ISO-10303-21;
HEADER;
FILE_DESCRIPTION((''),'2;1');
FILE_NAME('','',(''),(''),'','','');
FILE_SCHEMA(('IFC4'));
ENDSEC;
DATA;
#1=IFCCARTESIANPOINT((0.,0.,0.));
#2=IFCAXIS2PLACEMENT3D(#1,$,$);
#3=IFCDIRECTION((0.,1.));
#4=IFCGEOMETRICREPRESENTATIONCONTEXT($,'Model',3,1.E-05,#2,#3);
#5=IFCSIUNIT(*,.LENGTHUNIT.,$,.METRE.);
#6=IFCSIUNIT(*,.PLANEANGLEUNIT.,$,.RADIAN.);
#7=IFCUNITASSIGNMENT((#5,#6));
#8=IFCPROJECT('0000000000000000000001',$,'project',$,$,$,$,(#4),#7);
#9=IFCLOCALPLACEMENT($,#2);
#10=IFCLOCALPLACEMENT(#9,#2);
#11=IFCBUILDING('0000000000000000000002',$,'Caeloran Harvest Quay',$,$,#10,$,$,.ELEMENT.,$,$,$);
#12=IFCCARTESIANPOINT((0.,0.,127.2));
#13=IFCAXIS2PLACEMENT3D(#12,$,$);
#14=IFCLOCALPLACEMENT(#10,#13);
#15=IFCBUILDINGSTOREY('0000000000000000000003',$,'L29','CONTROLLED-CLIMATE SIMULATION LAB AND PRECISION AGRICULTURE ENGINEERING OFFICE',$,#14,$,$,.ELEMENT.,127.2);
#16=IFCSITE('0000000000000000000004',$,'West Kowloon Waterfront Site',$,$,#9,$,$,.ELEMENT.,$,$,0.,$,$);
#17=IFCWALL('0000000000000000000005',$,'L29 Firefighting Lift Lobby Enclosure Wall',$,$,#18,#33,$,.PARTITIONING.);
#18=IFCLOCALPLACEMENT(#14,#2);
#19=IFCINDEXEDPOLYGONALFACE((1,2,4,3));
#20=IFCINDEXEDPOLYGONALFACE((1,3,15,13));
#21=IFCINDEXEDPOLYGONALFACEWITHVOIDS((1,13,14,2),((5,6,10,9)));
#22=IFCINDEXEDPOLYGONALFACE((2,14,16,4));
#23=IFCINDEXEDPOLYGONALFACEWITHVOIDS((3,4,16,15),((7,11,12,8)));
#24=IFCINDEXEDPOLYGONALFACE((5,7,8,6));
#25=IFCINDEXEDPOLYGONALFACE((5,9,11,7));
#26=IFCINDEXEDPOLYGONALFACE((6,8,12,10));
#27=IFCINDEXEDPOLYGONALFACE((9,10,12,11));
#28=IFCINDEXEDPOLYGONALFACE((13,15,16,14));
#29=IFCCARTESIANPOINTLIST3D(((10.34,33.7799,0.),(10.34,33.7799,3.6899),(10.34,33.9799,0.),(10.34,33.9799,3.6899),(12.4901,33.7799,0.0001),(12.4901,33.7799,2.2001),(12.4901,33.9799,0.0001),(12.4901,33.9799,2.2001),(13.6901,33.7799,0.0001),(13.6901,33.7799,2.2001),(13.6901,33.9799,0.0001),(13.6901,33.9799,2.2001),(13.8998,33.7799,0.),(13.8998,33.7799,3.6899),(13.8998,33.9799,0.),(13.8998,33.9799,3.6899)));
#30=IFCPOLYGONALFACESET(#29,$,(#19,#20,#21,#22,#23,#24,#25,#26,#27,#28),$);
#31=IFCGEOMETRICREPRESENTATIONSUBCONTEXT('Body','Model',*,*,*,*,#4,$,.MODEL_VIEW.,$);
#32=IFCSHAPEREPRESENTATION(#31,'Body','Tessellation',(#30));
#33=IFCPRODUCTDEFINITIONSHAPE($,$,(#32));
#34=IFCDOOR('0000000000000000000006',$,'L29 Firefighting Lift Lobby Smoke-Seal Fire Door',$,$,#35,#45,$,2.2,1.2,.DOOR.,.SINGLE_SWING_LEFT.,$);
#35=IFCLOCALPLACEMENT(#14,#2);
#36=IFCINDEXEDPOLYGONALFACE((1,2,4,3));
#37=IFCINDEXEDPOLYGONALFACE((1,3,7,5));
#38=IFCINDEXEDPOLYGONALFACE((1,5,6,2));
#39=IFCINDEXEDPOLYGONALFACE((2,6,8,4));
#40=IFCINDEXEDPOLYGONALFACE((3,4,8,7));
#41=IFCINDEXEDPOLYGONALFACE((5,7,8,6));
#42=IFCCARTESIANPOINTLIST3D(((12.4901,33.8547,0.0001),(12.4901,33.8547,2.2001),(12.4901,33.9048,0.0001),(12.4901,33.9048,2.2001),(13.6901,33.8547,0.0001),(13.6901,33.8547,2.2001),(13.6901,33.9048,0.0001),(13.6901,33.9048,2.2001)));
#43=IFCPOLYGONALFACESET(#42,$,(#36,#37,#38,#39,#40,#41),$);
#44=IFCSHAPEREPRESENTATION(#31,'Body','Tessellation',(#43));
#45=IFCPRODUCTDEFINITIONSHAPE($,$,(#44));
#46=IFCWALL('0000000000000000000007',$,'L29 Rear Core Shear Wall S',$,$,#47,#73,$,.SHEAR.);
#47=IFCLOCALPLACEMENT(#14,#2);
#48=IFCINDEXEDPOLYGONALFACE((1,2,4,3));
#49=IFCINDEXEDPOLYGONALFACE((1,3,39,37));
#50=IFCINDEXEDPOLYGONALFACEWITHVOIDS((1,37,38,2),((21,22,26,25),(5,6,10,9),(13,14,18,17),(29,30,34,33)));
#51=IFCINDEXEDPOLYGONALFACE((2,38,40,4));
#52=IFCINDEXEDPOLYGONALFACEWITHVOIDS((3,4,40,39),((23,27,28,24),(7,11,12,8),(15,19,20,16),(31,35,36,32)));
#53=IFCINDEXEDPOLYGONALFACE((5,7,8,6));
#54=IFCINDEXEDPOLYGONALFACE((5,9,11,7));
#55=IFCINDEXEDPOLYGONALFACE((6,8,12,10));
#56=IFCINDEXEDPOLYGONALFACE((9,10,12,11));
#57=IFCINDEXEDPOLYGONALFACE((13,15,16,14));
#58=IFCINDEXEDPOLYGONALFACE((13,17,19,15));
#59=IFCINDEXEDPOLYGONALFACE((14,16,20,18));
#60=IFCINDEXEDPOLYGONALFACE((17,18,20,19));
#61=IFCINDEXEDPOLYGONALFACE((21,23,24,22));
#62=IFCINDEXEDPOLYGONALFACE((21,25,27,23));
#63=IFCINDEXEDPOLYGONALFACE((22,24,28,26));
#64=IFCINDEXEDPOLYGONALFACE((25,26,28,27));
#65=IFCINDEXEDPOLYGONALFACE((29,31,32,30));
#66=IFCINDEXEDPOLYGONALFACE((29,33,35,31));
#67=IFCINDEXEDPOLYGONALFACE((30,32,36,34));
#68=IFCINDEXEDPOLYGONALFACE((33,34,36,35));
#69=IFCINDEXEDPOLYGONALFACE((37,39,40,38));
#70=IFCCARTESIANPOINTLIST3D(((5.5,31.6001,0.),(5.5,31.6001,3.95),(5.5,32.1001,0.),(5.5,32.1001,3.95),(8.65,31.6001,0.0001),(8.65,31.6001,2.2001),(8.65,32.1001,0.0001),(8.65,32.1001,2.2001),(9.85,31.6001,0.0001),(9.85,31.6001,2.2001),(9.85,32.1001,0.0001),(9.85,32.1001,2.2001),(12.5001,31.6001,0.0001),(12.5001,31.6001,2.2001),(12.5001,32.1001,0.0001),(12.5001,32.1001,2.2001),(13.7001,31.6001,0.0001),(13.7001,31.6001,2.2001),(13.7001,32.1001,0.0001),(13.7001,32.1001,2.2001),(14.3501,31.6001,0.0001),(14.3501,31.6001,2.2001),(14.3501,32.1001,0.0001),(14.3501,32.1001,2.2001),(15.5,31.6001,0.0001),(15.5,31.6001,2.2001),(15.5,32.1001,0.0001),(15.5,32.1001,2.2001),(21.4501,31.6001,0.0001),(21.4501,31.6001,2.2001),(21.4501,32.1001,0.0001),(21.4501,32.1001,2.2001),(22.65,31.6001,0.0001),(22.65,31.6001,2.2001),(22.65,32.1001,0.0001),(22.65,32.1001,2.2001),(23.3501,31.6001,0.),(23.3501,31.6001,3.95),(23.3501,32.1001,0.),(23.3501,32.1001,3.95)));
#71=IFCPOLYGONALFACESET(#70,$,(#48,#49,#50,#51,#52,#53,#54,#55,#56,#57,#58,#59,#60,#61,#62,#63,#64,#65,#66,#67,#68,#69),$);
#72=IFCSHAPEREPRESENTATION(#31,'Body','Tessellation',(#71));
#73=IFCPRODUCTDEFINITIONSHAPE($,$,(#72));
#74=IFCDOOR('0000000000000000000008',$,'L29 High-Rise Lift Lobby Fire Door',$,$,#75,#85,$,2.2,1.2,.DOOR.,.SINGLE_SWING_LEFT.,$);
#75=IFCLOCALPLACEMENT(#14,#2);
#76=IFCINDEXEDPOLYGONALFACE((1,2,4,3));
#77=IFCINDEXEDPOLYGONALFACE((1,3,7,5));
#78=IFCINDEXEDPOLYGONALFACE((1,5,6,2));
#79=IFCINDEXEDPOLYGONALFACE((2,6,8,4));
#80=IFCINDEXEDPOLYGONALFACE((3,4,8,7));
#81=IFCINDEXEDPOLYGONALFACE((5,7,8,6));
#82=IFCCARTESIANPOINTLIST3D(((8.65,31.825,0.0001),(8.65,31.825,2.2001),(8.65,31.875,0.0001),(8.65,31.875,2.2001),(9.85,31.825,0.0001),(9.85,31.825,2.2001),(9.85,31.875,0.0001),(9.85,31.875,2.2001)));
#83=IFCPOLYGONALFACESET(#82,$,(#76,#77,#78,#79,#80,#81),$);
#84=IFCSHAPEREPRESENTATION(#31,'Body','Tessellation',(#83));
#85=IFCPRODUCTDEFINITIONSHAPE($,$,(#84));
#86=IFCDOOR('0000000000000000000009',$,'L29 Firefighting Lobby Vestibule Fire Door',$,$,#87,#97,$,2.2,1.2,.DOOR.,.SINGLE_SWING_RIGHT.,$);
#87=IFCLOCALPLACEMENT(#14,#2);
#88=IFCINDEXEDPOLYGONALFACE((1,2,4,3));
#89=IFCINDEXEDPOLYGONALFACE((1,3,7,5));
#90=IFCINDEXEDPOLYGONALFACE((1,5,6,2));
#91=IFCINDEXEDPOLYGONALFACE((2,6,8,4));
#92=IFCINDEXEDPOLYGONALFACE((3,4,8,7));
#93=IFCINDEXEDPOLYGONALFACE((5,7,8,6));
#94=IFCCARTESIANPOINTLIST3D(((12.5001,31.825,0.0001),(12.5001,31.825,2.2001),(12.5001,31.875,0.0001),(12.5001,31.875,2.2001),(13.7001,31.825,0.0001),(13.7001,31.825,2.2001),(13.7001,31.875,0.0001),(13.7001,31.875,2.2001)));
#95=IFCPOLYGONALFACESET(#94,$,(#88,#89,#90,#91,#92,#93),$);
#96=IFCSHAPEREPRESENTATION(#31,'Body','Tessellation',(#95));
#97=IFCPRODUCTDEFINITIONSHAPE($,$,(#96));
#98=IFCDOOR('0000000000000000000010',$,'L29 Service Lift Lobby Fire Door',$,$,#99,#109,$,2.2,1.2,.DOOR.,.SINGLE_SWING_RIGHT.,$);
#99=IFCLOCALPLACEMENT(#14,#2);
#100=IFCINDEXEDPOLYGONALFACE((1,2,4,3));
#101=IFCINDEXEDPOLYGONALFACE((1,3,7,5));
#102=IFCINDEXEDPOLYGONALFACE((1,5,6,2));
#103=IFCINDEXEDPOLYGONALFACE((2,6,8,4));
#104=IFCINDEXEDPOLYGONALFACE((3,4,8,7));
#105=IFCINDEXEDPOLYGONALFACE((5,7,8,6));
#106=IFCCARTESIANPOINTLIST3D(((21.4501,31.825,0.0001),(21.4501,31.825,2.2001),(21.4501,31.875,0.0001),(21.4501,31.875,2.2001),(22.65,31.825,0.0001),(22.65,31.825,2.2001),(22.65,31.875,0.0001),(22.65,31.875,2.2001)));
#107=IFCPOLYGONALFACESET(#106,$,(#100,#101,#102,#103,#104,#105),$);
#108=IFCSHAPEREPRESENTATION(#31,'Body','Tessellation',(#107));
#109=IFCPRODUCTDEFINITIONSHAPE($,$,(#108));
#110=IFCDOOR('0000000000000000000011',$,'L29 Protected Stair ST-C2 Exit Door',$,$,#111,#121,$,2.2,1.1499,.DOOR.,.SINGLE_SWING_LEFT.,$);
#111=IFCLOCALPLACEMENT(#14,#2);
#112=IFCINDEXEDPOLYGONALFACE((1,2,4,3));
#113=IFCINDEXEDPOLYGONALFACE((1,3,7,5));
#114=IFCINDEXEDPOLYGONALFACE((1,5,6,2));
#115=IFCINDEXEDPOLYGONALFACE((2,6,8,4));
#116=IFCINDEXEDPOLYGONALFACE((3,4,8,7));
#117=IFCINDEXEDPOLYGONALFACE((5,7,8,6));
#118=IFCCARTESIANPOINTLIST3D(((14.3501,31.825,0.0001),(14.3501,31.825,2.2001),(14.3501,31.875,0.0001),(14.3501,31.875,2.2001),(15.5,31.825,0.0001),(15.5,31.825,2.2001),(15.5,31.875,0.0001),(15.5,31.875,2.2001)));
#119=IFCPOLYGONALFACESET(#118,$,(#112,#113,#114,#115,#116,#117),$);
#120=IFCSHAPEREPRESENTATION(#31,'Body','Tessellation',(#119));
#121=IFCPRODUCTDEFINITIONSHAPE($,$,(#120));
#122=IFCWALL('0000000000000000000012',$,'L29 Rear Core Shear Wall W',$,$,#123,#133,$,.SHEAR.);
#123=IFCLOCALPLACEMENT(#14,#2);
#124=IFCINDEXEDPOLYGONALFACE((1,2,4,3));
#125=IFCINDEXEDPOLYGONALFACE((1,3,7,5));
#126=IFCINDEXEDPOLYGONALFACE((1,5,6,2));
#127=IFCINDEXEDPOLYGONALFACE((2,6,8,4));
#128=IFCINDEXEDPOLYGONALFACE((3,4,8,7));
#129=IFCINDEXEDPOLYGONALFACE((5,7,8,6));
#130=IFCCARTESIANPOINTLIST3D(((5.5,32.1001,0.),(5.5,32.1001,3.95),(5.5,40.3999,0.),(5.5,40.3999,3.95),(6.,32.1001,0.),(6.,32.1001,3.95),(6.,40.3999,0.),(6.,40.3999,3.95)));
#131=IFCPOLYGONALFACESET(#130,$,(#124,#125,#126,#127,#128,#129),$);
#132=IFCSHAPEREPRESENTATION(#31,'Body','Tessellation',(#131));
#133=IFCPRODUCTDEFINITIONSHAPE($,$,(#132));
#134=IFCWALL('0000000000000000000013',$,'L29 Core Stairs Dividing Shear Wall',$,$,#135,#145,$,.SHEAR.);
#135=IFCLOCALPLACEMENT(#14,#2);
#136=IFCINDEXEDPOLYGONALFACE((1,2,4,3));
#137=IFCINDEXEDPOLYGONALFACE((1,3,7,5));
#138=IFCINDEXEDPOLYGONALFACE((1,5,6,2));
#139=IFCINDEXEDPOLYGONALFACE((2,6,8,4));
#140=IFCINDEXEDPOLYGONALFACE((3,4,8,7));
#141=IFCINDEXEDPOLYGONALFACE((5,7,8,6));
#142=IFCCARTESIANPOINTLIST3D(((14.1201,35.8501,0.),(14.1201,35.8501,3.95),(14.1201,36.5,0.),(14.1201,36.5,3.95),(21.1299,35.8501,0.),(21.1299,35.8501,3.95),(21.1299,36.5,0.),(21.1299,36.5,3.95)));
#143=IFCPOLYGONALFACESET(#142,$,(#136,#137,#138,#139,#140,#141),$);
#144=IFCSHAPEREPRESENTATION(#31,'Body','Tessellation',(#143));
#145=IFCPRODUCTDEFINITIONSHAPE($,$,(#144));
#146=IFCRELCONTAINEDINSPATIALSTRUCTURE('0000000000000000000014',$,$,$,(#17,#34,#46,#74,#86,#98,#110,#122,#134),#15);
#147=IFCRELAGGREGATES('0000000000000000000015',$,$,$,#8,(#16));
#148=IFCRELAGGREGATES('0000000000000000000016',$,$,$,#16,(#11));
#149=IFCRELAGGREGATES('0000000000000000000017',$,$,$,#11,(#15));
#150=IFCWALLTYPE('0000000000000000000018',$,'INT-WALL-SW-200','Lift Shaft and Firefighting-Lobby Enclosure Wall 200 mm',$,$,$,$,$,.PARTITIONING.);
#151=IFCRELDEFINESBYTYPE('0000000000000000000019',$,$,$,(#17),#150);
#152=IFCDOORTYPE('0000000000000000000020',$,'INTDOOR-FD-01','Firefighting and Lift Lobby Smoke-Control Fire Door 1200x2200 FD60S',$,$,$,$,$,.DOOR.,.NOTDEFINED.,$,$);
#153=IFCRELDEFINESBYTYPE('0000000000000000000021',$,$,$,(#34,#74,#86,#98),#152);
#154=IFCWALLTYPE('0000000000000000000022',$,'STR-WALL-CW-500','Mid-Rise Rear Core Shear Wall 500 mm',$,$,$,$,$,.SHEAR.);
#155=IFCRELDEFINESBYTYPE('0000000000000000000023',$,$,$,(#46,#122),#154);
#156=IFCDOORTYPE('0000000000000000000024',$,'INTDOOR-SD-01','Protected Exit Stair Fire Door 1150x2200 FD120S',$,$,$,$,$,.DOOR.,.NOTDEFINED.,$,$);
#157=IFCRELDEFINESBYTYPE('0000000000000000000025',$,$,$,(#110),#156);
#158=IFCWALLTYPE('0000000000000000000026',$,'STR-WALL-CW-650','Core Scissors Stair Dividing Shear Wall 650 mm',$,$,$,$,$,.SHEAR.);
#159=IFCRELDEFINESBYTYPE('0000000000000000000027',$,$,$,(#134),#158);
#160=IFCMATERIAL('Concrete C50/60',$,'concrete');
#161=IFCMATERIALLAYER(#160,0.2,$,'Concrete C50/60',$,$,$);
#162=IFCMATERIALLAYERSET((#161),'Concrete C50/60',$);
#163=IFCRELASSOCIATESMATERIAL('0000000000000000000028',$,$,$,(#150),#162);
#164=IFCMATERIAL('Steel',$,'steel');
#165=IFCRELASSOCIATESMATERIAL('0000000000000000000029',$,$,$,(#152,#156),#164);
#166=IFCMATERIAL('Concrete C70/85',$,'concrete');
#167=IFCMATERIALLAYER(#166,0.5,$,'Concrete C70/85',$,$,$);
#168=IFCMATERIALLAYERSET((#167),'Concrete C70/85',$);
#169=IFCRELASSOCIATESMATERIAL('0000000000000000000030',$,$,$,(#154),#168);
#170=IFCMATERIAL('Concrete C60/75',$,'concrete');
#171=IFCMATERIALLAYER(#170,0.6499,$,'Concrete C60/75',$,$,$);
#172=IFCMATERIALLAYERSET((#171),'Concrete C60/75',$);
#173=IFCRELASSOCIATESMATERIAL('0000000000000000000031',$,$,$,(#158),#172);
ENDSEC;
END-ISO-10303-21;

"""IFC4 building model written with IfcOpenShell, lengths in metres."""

from ifc_helpers import new_model, si_unit, direction, frame, frame_2d, origin, place, context, subcontext, project, spatial, rectangle, extrude, material, layer, layer_set, type_object, element, fill, save


model = new_model("IFC4")

# Units and contexts
model_context = context("Model", 3, precision=1e-05, world=origin(), true_north=direction((0.0, 1.0)))
body_context = subcontext(model_context, "Body", "Model", "MODEL_VIEW")
ifc_project = project(units=[si_unit("LENGTHUNIT", "METRE"), si_unit("PLANEANGLEUNIT", "RADIAN")], contexts=[model_context])

# Site, building, storey
site_placement = place(None, origin())
site = spatial("IfcSite", under=ifc_project, at=site_placement, Name="West Kowloon Waterfront Site", CompositionType="ELEMENT", RefElevation=0.0)
building_placement = place(site_placement, origin())
building = spatial("IfcBuilding", under=site, at=building_placement, Name="Caeloran Harvest Quay", CompositionType="ELEMENT")
storey_placement = place(building_placement, frame((0.0, 0.0, 127.2)))
storey = spatial("IfcBuildingStorey", under=building, at=storey_placement, Name="L29", Description="CONTROLLED-CLIMATE SIMULATION LAB AND PRECISION AGRICULTURE ENGINEERING OFFICE", CompositionType="ELEMENT", Elevation=127.2)

# Shared definitions
ifc_material_1 = material(Name="Concrete C70/85", Category="concrete")

# Shared definitions
ifc_material_2 = material(Name="Concrete C60/75", Category="concrete")

# Shared definitions
ifc_material_3 = material(Name="Concrete C50/60", Category="concrete")
ifc_layer_1 = layer(ifc_material_3, 0.2, Name="Concrete C50/60")
ifc_layer_set_1 = layer_set([ifc_layer_1], Name="Concrete C50/60")
wall_type_1 = type_object("IfcWallType", Name="INT-WALL-SW-200", Description="Lift Shaft and Firefighting-Lobby Enclosure Wall 200 mm", PredefinedType="PARTITIONING", material=ifc_layer_set_1)

# Wall, opening, door
wall_1_placement = place(storey_placement, frame((10.3401, 33.8799, 0.0), z_axis=(0.0, 0.0, 1.0), x_axis=(1.0, 0.0, 0.0)))
wall_1 = element("IfcWall", 1, at=wall_1_placement, inside=storey, type_object=wall_type_1, Name="L29 Firefighting Lift Lobby Enclosure Wall", PredefinedType="PARTITIONING", context=body_context, shape_type="SweptSolid", body=[
    extrude(rectangle(XDim=3.5598, YDim=0.2, at=frame_2d((1.7798, 0.0))), origin(), (0.0, 0.0, 1.0), 3.6899),
])
opening_1_placement = place(wall_1_placement, frame((2.1499, 0.0, 0.0)))
opening_1 = element("IfcOpeningElement", 2, at=opening_1_placement, cuts=wall_1, PredefinedType="OPENING", context=body_context, shape_type="SweptSolid", body=[
    extrude(rectangle(XDim=1.2, YDim=2.2, at=frame_2d((0.6001, 1.1001))), frame((0.0, 0.1099, 0.0), z_axis=(0.0, -1.0, 0.0), x_axis=(1.0, 0.0, 0.0)), (0.0, 0.0, 1.0), 0.22),
])
ifc_material_4 = material(Name="Steel", Category="steel")
door_type_1 = type_object("IfcDoorType", Name="INTDOOR-FD-01", Description="Firefighting and Lift Lobby Smoke-Control Fire Door 1200x2200 FD60S", OperationType="NOTDEFINED", PredefinedType="DOOR", material=ifc_material_4)
door_1_placement = place(opening_1_placement, origin())
door_1 = element("IfcDoor", 3, at=door_1_placement, inside=storey, type_object=door_type_1, Name="L29 Firefighting Lift Lobby Smoke-Seal Fire Door", OperationType="SINGLE_SWING_LEFT", OverallHeight=2.2, OverallWidth=1.2, PredefinedType="DOOR", context=body_context, shape_type="SweptSolid", body=[
    extrude(rectangle(XDim=1.2, YDim=2.2, at=frame_2d((0.6001, 1.1001))), frame((0.0, 0.0249, 0.0), z_axis=(0.0, -1.0, 0.0), x_axis=(1.0, 0.0, 0.0)), (0.0, 0.0, 1.0), 0.05),
])
fill(opening_1, door_1)

# Wall, openings, doors
ifc_layer_2 = layer(ifc_material_1, 0.5, Name="Concrete C70/85")
ifc_layer_set_2 = layer_set([ifc_layer_2], Name="Concrete C70/85")
wall_type_2 = type_object("IfcWallType", Name="STR-WALL-CW-500", Description="Mid-Rise Rear Core Shear Wall 500 mm", PredefinedType="SHEAR", material=ifc_layer_set_2)
wall_2_placement = place(storey_placement, frame((5.5, 31.8501, 0.0), z_axis=(0.0, 0.0, 1.0), x_axis=(1.0, 0.0, 0.0)))
wall_2 = element("IfcWall", 4, at=wall_2_placement, inside=storey, type_object=wall_type_2, Name="L29 Rear Core Shear Wall S", PredefinedType="SHEAR", context=body_context, shape_type="SweptSolid", body=[
    extrude(rectangle(XDim=17.8501, YDim=0.5, at=frame_2d((8.925, 0.0))), origin(), (0.0, 0.0, 1.0), 3.95),
])
opening_2_placement = place(wall_2_placement, frame((3.1499, 0.0, 0.0)))
opening_2 = element("IfcOpeningElement", 5, at=opening_2_placement, cuts=wall_2, PredefinedType="OPENING", context=body_context, shape_type="SweptSolid", body=[
    extrude(rectangle(XDim=1.2, YDim=2.2, at=frame_2d((0.6001, 1.1001))), frame((0.0, 0.26, 0.0), z_axis=(0.0, -1.0, 0.0), x_axis=(1.0, 0.0, 0.0)), (0.0, 0.0, 1.0), 0.52),
])
opening_3_placement = place(wall_2_placement, frame((7.0, 0.0, 0.0)))
opening_3 = element("IfcOpeningElement", 6, at=opening_3_placement, cuts=wall_2, PredefinedType="OPENING", context=body_context, shape_type="SweptSolid", body=[
    extrude(rectangle(XDim=1.2, YDim=2.2, at=frame_2d((0.6001, 1.1001))), frame((0.0, 0.26, 0.0), z_axis=(0.0, -1.0, 0.0), x_axis=(1.0, 0.0, 0.0)), (0.0, 0.0, 1.0), 0.52),
])
opening_4_placement = place(wall_2_placement, frame((8.8501, 0.0, 0.0)))
opening_4 = element("IfcOpeningElement", 7, at=opening_4_placement, cuts=wall_2, PredefinedType="OPENING", context=body_context, shape_type="SweptSolid", body=[
    extrude(rectangle(XDim=1.1499, YDim=2.2, at=frame_2d((0.575, 1.1001))), frame((0.0, 0.26, 0.0), z_axis=(0.0, -1.0, 0.0), x_axis=(1.0, 0.0, 0.0)), (0.0, 0.0, 1.0), 0.52),
])
opening_5_placement = place(wall_2_placement, frame((15.95, 0.0, 0.0)))
opening_5 = element("IfcOpeningElement", 8, at=opening_5_placement, cuts=wall_2, PredefinedType="OPENING", context=body_context, shape_type="SweptSolid", body=[
    extrude(rectangle(XDim=1.2, YDim=2.2, at=frame_2d((0.6001, 1.1001))), frame((0.0, 0.26, 0.0), z_axis=(0.0, -1.0, 0.0), x_axis=(1.0, 0.0, 0.0)), (0.0, 0.0, 1.0), 0.52),
])
door_2_placement = place(opening_2_placement, origin())
door_2 = element("IfcDoor", 9, at=door_2_placement, inside=storey, type_object=door_type_1, Name="L29 High-Rise Lift Lobby Fire Door", OperationType="SINGLE_SWING_LEFT", OverallHeight=2.2, OverallWidth=1.2, PredefinedType="DOOR", context=body_context, shape_type="SweptSolid", body=[
    extrude(rectangle(XDim=1.2, YDim=2.2, at=frame_2d((0.6001, 1.1001))), frame((0.0, 0.0249, 0.0), z_axis=(0.0, -1.0, 0.0), x_axis=(1.0, 0.0, 0.0)), (0.0, 0.0, 1.0), 0.05),
])
fill(opening_2, door_2)
door_3_placement = place(opening_3_placement, origin())
door_3 = element("IfcDoor", 10, at=door_3_placement, inside=storey, type_object=door_type_1, Name="L29 Firefighting Lobby Vestibule Fire Door", OperationType="SINGLE_SWING_RIGHT", OverallHeight=2.2, OverallWidth=1.2, PredefinedType="DOOR", context=body_context, shape_type="SweptSolid", body=[
    extrude(rectangle(XDim=1.2, YDim=2.2, at=frame_2d((0.6001, 1.1001))), frame((0.0, 0.0249, 0.0), z_axis=(0.0, -1.0, 0.0), x_axis=(1.0, 0.0, 0.0)), (0.0, 0.0, 1.0), 0.05),
])
fill(opening_3, door_3)
door_4_placement = place(opening_5_placement, origin())
door_4 = element("IfcDoor", 11, at=door_4_placement, inside=storey, type_object=door_type_1, Name="L29 Service Lift Lobby Fire Door", OperationType="SINGLE_SWING_RIGHT", OverallHeight=2.2, OverallWidth=1.2, PredefinedType="DOOR", context=body_context, shape_type="SweptSolid", body=[
    extrude(rectangle(XDim=1.2, YDim=2.2, at=frame_2d((0.6001, 1.1001))), frame((0.0, 0.0249, 0.0), z_axis=(0.0, -1.0, 0.0), x_axis=(1.0, 0.0, 0.0)), (0.0, 0.0, 1.0), 0.05),
])
fill(opening_5, door_4)
door_type_2 = type_object("IfcDoorType", Name="INTDOOR-SD-01", Description="Protected Exit Stair Fire Door 1150x2200 FD120S", OperationType="NOTDEFINED", PredefinedType="DOOR", material=ifc_material_4)
door_5_placement = place(opening_4_placement, origin())
door_5 = element("IfcDoor", 12, at=door_5_placement, inside=storey, type_object=door_type_2, Name="L29 Protected Stair ST-C2 Exit Door", OperationType="SINGLE_SWING_LEFT", OverallHeight=2.2, OverallWidth=1.1499, PredefinedType="DOOR", context=body_context, shape_type="SweptSolid", body=[
    extrude(rectangle(XDim=1.1499, YDim=2.2, at=frame_2d((0.575, 1.1001))), frame((0.0, 0.0249, 0.0), z_axis=(0.0, -1.0, 0.0), x_axis=(1.0, 0.0, 0.0)), (0.0, 0.0, 1.0), 0.05),
])
fill(opening_4, door_5)

# Walls
wall_3_placement = place(storey_placement, frame((5.75, 32.1001, 0.0), z_axis=(0.0, 0.0, 1.0), x_axis=(0.0, 1.0, 0.0)))
element("IfcWall", 13, at=wall_3_placement, inside=storey, type_object=wall_type_2, Name="L29 Rear Core Shear Wall W", PredefinedType="SHEAR", context=body_context, shape_type="SweptSolid", body=[
    extrude(rectangle(XDim=8.2998, YDim=0.5, at=frame_2d((4.1499, 0.0))), origin(), (0.0, 0.0, 1.0), 3.95),
])
ifc_layer_3 = layer(ifc_material_2, 0.6499, Name="Concrete C60/75")
ifc_layer_set_3 = layer_set([ifc_layer_3], Name="Concrete C60/75")
wall_type_3 = type_object("IfcWallType", Name="STR-WALL-CW-650", Description="Core Scissors Stair Dividing Shear Wall 650 mm", PredefinedType="SHEAR", material=ifc_layer_set_3)
wall_4_placement = place(storey_placement, frame((14.1201, 36.175, 0.0), z_axis=(0.0, 0.0, 1.0), x_axis=(1.0, 0.0, 0.0)))
element("IfcWall", 14, at=wall_4_placement, inside=storey, type_object=wall_type_3, Name="L29 Core Stairs Dividing Shear Wall", PredefinedType="SHEAR", context=body_context, shape_type="SweptSolid", body=[
    extrude(rectangle(XDim=7.0098, YDim=0.6499, at=frame_2d((3.5049, 0.0))), origin(), (0.0, 0.0, 1.0), 3.95),
])

save(model, "model.ifc")
